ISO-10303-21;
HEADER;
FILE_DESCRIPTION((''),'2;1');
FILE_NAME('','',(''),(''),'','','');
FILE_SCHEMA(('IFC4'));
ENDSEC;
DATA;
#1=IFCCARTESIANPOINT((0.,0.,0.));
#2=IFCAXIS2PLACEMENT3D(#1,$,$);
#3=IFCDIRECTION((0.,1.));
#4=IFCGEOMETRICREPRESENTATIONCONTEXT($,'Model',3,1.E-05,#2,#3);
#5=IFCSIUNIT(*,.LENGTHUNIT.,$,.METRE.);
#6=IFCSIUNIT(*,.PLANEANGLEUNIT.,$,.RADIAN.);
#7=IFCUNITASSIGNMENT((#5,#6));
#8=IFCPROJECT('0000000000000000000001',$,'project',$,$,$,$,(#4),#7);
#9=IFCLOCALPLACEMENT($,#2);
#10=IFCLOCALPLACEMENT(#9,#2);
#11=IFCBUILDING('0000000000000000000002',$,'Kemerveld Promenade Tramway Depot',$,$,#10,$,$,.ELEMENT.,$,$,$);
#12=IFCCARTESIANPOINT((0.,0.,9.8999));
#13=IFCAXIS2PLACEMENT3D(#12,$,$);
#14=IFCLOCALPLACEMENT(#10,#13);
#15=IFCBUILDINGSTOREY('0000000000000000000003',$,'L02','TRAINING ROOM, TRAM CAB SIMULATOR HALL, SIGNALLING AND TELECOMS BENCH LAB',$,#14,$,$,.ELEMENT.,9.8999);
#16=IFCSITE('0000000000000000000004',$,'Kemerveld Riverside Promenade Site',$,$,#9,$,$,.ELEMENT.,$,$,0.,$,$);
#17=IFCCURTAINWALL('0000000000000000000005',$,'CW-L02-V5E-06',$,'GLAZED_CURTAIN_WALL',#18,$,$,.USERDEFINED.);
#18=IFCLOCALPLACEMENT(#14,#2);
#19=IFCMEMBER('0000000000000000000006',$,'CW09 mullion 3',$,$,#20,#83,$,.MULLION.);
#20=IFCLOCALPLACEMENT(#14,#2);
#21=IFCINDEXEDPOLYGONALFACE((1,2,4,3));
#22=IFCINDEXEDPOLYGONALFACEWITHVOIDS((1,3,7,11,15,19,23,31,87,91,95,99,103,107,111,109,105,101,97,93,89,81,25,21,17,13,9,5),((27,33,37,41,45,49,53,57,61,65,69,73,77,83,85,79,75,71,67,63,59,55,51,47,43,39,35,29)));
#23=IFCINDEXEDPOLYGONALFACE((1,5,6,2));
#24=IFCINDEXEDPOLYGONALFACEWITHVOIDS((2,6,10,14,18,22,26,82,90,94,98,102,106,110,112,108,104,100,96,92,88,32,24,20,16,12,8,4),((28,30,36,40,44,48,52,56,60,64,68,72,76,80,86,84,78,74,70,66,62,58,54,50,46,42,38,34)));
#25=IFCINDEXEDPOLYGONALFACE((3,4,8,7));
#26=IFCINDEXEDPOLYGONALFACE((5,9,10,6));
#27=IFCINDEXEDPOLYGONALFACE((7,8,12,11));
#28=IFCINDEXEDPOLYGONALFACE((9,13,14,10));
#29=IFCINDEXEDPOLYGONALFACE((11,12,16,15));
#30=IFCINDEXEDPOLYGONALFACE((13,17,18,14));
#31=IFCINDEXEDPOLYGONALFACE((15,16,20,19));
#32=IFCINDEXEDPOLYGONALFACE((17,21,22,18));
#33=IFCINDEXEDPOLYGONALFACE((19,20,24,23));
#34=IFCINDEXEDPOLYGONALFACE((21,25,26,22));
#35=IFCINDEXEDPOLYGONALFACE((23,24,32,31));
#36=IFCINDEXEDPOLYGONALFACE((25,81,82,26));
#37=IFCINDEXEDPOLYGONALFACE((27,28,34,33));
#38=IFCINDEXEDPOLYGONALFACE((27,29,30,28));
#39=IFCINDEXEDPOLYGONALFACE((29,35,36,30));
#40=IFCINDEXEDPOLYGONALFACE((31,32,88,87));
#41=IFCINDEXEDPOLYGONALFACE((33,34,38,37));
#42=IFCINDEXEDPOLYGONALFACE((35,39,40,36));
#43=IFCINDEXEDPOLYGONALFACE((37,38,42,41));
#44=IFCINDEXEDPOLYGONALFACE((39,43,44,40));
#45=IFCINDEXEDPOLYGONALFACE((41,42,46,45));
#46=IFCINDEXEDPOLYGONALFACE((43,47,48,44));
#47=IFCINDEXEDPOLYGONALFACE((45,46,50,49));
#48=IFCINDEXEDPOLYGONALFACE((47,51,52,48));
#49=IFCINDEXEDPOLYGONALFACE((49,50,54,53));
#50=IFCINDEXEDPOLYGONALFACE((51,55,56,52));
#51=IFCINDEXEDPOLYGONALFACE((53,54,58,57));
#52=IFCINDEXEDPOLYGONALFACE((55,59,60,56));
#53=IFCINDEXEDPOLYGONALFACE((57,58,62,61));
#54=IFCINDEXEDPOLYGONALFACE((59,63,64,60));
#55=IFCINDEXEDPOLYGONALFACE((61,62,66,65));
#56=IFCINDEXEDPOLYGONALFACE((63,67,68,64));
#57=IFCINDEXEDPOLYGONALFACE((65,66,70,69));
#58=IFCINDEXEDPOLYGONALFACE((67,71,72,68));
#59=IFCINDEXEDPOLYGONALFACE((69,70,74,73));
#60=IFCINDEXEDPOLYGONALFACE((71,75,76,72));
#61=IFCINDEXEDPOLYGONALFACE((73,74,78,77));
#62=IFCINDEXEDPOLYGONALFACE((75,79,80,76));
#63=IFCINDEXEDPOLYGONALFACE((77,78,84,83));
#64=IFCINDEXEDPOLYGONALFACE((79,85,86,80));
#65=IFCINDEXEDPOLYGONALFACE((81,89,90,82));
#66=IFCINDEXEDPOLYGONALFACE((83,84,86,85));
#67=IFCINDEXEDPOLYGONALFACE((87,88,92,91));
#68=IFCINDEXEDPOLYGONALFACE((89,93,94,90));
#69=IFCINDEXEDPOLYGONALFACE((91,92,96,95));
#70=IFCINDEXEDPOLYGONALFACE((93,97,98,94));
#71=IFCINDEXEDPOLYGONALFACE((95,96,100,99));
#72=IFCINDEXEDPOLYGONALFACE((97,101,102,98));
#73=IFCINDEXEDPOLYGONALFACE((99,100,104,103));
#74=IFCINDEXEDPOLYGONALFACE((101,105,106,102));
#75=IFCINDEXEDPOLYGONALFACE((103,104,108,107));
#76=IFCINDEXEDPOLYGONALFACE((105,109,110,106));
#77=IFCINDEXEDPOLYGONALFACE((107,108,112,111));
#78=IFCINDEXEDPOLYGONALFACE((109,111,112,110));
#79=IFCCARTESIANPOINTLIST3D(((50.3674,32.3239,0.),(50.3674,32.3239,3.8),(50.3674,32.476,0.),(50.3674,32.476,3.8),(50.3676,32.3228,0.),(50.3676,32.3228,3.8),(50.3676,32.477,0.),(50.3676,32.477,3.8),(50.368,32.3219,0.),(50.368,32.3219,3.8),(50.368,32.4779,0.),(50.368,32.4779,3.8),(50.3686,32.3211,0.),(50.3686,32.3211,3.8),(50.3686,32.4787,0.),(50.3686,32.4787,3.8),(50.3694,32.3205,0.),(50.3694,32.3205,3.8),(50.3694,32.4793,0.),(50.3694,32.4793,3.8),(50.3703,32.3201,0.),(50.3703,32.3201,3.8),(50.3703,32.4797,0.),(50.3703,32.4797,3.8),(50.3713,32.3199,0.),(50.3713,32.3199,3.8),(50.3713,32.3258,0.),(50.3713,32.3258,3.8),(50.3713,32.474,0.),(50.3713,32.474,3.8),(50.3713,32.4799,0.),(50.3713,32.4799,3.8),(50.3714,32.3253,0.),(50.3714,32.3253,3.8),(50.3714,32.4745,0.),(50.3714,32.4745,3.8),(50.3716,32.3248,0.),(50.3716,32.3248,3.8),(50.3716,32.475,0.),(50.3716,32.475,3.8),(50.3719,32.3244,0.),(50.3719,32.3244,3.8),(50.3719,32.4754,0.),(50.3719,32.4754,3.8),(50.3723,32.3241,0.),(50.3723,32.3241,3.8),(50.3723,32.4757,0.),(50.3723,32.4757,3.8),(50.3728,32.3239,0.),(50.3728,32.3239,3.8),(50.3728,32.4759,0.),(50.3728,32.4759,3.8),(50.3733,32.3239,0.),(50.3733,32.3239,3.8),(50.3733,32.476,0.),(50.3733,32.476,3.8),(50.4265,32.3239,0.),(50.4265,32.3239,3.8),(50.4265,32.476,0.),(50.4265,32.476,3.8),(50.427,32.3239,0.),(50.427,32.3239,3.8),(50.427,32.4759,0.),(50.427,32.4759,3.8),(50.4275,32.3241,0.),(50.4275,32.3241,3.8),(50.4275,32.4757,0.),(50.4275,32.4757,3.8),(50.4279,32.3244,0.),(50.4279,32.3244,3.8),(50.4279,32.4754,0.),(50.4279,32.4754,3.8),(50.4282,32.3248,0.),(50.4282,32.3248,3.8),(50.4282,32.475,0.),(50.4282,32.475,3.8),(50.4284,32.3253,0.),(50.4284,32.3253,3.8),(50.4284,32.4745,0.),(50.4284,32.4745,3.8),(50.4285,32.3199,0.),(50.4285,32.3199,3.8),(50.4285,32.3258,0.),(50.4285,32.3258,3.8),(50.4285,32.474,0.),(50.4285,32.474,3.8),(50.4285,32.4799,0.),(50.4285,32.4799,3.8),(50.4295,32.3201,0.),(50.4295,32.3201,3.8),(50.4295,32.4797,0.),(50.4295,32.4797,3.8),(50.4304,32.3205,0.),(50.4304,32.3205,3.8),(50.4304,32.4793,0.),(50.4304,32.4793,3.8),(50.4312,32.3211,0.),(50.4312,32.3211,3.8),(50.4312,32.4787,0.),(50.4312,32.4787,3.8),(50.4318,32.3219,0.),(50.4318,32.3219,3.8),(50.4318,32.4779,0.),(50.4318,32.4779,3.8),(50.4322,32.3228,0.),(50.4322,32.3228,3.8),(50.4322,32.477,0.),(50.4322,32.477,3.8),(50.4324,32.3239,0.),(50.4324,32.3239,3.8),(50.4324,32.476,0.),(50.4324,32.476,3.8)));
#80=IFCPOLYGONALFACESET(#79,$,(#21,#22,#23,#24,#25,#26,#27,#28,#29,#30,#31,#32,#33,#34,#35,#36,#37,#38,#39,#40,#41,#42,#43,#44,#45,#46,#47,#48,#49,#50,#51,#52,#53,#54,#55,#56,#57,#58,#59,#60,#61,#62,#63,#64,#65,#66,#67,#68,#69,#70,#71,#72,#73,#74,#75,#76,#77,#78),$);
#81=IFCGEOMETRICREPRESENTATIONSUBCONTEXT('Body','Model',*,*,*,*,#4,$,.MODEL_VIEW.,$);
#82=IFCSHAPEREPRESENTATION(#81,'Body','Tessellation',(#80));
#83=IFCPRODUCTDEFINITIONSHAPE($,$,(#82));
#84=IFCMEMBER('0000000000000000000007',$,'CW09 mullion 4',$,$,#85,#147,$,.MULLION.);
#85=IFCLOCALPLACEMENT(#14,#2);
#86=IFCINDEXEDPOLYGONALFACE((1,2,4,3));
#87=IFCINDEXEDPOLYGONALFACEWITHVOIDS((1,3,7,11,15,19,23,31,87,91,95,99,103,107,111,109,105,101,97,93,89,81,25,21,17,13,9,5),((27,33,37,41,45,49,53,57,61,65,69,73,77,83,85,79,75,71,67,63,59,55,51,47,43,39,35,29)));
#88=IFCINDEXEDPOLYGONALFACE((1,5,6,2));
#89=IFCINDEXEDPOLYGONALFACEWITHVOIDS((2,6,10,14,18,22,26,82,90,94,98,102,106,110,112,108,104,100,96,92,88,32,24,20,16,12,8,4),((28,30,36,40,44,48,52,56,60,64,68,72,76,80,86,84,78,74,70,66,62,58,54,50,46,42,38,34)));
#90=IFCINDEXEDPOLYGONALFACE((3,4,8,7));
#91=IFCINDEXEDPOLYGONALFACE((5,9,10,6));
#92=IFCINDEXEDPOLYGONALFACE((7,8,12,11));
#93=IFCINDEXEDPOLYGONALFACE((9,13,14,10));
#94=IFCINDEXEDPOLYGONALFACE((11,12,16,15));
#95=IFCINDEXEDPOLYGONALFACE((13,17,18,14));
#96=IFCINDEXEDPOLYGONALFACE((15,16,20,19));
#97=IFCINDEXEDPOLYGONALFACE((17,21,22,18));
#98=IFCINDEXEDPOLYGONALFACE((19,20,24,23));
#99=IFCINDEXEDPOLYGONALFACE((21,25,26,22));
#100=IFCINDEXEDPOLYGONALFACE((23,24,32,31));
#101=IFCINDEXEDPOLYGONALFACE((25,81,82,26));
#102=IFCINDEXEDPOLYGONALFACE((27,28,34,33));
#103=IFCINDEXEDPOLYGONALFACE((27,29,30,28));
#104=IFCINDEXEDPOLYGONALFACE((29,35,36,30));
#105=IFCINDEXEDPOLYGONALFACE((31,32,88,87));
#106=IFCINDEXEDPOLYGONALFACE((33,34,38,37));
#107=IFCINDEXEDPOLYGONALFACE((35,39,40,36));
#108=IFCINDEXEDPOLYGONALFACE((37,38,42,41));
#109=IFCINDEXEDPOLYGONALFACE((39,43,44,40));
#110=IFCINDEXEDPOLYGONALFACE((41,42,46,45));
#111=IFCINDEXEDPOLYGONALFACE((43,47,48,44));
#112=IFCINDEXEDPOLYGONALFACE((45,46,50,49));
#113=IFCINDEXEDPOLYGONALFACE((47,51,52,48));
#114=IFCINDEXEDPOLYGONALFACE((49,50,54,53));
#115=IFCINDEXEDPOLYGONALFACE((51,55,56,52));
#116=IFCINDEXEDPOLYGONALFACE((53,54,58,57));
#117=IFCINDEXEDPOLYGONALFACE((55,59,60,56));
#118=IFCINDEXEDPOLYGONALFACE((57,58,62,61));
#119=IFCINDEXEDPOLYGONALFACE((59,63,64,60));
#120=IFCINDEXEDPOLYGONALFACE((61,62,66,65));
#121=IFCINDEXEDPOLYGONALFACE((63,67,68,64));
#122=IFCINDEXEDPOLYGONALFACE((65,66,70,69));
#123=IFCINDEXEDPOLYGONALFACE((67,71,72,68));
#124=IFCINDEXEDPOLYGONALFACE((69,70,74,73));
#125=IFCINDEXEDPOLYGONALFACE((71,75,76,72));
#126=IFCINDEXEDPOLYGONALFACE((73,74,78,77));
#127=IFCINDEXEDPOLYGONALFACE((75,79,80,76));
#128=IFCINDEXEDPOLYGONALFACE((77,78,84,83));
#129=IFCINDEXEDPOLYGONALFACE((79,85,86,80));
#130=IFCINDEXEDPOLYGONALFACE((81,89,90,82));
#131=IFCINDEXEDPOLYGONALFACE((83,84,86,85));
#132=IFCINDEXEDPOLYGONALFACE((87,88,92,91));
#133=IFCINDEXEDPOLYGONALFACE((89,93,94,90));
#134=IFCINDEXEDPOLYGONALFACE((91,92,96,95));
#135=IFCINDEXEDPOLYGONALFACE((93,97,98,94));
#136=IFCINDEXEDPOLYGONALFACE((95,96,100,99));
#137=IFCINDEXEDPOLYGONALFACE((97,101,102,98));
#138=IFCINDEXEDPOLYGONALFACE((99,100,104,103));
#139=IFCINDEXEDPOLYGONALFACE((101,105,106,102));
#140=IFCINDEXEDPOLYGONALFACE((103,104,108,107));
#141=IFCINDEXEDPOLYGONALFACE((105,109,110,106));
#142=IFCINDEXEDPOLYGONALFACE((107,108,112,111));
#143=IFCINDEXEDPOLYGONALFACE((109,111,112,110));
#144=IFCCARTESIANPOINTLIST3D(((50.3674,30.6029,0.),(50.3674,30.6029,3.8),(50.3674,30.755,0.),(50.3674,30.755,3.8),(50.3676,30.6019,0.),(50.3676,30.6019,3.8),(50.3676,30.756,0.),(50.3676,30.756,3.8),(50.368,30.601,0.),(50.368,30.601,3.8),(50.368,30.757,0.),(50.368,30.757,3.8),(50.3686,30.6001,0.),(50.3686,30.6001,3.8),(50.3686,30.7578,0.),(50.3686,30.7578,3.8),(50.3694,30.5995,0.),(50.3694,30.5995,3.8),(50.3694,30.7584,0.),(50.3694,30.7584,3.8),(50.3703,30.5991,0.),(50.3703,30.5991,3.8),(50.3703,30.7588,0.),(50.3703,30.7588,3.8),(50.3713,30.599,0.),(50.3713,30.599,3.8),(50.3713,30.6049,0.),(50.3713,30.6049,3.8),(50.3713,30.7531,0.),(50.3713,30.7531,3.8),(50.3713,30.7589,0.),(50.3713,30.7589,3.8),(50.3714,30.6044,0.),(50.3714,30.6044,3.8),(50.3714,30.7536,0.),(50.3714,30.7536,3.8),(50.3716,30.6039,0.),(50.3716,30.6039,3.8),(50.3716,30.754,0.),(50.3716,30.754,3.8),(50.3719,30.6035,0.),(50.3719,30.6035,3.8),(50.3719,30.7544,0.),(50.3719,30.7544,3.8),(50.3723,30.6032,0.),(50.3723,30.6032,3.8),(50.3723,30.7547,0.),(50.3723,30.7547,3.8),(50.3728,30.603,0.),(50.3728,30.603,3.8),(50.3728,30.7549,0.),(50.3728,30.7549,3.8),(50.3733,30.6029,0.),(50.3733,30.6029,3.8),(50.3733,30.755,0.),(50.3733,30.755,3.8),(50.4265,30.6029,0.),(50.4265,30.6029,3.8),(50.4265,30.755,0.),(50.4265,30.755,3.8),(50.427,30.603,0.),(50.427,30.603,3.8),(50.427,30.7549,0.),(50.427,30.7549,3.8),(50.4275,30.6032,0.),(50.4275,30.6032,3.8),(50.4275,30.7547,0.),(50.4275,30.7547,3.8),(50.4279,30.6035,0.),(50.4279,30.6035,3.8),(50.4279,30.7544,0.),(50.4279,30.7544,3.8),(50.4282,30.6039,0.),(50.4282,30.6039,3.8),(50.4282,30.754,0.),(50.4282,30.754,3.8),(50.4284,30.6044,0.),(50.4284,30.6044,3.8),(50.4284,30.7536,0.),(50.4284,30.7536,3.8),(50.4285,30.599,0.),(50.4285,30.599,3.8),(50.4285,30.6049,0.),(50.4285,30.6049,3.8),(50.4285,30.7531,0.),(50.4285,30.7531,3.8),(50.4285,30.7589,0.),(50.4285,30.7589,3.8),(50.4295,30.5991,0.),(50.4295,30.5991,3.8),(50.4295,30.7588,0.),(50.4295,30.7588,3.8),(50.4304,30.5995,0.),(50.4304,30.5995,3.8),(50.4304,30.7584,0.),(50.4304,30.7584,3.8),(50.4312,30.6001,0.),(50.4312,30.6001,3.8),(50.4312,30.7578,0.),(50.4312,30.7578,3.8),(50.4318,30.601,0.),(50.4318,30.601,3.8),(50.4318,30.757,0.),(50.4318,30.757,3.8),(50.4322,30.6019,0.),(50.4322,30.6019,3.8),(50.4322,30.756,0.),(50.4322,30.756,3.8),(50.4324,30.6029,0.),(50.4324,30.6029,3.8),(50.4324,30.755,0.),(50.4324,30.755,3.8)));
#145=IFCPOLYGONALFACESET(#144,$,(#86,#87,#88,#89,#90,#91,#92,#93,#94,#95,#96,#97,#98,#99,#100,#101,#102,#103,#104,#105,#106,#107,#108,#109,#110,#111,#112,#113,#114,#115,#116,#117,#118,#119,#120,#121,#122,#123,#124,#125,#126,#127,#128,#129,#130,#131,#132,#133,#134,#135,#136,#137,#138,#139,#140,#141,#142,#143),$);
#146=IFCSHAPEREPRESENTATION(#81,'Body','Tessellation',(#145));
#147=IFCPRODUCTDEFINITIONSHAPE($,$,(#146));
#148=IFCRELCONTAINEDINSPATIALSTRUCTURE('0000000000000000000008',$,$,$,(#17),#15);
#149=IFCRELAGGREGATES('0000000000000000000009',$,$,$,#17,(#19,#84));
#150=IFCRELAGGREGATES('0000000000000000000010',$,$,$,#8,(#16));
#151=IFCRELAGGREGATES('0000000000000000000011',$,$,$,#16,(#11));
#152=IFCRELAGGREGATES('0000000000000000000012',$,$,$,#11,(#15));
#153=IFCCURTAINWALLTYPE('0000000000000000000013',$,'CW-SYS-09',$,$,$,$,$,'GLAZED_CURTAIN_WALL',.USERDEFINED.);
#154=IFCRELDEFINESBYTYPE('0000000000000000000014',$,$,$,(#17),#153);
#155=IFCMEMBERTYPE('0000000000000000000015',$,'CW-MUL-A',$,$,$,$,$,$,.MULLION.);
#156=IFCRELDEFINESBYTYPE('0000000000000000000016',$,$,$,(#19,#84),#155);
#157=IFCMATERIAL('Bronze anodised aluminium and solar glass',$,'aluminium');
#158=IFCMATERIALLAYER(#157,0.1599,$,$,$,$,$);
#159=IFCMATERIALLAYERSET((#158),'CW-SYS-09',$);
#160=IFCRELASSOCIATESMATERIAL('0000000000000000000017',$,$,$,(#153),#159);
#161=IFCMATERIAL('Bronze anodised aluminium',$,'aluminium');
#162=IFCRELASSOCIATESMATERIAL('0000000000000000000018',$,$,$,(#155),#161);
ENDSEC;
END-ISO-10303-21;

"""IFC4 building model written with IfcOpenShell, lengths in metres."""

from ifc_helpers import new_model, si_unit, direction, frame, origin, origin_2d, place, context, subcontext, project, spatial, hollow_rectangle, extrude, material, layer, layer_set, material_profile, profile_set, type_object, element, aggregate, save


model = new_model("IFC4")

# Units and contexts
model_context = context("Model", 3, precision=1e-05, world=origin(), true_north=direction((0.0, 1.0)))
body_context = subcontext(model_context, "Body", "Model", "MODEL_VIEW")
ifc_project = project(units=[si_unit("LENGTHUNIT", "METRE"), si_unit("PLANEANGLEUNIT", "RADIAN")], contexts=[model_context])

# Site, building, storey
site_placement = place(None, origin())
site = spatial("IfcSite", under=ifc_project, at=site_placement, Name="Kemerveld Riverside Promenade Site", CompositionType="ELEMENT", RefElevation=0.0)
building_placement = place(site_placement, origin())
building = spatial("IfcBuilding", under=site, at=building_placement, Name="Kemerveld Promenade Tramway Depot", CompositionType="ELEMENT")
storey_placement = place(building_placement, frame((0.0, 0.0, 9.8999)))
storey = spatial("IfcBuildingStorey", under=building, at=storey_placement, Name="L02", Description="TRAINING ROOM, TRAM CAB SIMULATOR HALL, SIGNALLING AND TELECOMS BENCH LAB", CompositionType="ELEMENT", Elevation=9.8999)

# Curtain wall, members
ifc_material_1 = material(Name="Bronze anodised aluminium and solar glass", Category="aluminium")
ifc_layer_1 = layer(ifc_material_1, 0.1599)
ifc_layer_set_1 = layer_set([ifc_layer_1], Name="CW-SYS-09")
curtain_wall_type = type_object("IfcCurtainWallType", Name="CW-SYS-09", ElementType="GLAZED_CURTAIN_WALL", PredefinedType="USERDEFINED", material=ifc_layer_set_1)
curtain_wall_placement = place(storey_placement, origin())
curtain_wall = element("IfcCurtainWall", 1, at=curtain_wall_placement, inside=storey, type_object=curtain_wall_type, Name="CW-L02-V5E-06", ObjectType="GLAZED_CURTAIN_WALL", PredefinedType="USERDEFINED")
ifc_material_2 = material(Name="Bronze anodised aluminium", Category="aluminium")
ifc_material_profile_1 = material_profile(ifc_material_2, hollow_rectangle(XDim=0.0649, YDim=0.1599, WallThickness=0.0039, InnerFilletRadius=0.002, OuterFilletRadius=0.0039, at=origin_2d()), Name="CW-MUL-160x65")
ifc_profile_set_1 = profile_set([ifc_material_profile_1], Name="Bronze anodised aluminium")
member_type_1 = type_object("IfcMemberType", Name="CW-MUL-A", PredefinedType="MULLION", material=ifc_profile_set_1)
member_1_placement = place(storey_placement, frame((50.3999, 32.3999, 0.0), z_axis=(0.0, 0.0, 1.0), x_axis=(1.0, 0.0, 0.0)))
member_1 = element("IfcMember", 2, at=member_1_placement, type_object=member_type_1, Name="CW09 mullion 3", PredefinedType="MULLION", context=body_context, shape_type="SweptSolid", body=[
    extrude(hollow_rectangle(XDim=0.0649, YDim=0.1599, WallThickness=0.0039, InnerFilletRadius=0.002, OuterFilletRadius=0.0039, at=origin_2d()), origin(), (0.0, 0.0, 1.0), 3.8),
])
member_2_placement = place(storey_placement, frame((50.3999, 30.679, 0.0), z_axis=(0.0, 0.0, 1.0), x_axis=(1.0, 0.0, 0.0)))
member_2 = element("IfcMember", 3, at=member_2_placement, type_object=member_type_1, Name="CW09 mullion 4", PredefinedType="MULLION", context=body_context, shape_type="SweptSolid", body=[
    extrude(hollow_rectangle(XDim=0.0649, YDim=0.1599, WallThickness=0.0039, InnerFilletRadius=0.002, OuterFilletRadius=0.0039, at=origin_2d()), origin(), (0.0, 0.0, 1.0), 3.8),
])
aggregate(curtain_wall, [member_1, member_2])

save(model, "model.ifc")
